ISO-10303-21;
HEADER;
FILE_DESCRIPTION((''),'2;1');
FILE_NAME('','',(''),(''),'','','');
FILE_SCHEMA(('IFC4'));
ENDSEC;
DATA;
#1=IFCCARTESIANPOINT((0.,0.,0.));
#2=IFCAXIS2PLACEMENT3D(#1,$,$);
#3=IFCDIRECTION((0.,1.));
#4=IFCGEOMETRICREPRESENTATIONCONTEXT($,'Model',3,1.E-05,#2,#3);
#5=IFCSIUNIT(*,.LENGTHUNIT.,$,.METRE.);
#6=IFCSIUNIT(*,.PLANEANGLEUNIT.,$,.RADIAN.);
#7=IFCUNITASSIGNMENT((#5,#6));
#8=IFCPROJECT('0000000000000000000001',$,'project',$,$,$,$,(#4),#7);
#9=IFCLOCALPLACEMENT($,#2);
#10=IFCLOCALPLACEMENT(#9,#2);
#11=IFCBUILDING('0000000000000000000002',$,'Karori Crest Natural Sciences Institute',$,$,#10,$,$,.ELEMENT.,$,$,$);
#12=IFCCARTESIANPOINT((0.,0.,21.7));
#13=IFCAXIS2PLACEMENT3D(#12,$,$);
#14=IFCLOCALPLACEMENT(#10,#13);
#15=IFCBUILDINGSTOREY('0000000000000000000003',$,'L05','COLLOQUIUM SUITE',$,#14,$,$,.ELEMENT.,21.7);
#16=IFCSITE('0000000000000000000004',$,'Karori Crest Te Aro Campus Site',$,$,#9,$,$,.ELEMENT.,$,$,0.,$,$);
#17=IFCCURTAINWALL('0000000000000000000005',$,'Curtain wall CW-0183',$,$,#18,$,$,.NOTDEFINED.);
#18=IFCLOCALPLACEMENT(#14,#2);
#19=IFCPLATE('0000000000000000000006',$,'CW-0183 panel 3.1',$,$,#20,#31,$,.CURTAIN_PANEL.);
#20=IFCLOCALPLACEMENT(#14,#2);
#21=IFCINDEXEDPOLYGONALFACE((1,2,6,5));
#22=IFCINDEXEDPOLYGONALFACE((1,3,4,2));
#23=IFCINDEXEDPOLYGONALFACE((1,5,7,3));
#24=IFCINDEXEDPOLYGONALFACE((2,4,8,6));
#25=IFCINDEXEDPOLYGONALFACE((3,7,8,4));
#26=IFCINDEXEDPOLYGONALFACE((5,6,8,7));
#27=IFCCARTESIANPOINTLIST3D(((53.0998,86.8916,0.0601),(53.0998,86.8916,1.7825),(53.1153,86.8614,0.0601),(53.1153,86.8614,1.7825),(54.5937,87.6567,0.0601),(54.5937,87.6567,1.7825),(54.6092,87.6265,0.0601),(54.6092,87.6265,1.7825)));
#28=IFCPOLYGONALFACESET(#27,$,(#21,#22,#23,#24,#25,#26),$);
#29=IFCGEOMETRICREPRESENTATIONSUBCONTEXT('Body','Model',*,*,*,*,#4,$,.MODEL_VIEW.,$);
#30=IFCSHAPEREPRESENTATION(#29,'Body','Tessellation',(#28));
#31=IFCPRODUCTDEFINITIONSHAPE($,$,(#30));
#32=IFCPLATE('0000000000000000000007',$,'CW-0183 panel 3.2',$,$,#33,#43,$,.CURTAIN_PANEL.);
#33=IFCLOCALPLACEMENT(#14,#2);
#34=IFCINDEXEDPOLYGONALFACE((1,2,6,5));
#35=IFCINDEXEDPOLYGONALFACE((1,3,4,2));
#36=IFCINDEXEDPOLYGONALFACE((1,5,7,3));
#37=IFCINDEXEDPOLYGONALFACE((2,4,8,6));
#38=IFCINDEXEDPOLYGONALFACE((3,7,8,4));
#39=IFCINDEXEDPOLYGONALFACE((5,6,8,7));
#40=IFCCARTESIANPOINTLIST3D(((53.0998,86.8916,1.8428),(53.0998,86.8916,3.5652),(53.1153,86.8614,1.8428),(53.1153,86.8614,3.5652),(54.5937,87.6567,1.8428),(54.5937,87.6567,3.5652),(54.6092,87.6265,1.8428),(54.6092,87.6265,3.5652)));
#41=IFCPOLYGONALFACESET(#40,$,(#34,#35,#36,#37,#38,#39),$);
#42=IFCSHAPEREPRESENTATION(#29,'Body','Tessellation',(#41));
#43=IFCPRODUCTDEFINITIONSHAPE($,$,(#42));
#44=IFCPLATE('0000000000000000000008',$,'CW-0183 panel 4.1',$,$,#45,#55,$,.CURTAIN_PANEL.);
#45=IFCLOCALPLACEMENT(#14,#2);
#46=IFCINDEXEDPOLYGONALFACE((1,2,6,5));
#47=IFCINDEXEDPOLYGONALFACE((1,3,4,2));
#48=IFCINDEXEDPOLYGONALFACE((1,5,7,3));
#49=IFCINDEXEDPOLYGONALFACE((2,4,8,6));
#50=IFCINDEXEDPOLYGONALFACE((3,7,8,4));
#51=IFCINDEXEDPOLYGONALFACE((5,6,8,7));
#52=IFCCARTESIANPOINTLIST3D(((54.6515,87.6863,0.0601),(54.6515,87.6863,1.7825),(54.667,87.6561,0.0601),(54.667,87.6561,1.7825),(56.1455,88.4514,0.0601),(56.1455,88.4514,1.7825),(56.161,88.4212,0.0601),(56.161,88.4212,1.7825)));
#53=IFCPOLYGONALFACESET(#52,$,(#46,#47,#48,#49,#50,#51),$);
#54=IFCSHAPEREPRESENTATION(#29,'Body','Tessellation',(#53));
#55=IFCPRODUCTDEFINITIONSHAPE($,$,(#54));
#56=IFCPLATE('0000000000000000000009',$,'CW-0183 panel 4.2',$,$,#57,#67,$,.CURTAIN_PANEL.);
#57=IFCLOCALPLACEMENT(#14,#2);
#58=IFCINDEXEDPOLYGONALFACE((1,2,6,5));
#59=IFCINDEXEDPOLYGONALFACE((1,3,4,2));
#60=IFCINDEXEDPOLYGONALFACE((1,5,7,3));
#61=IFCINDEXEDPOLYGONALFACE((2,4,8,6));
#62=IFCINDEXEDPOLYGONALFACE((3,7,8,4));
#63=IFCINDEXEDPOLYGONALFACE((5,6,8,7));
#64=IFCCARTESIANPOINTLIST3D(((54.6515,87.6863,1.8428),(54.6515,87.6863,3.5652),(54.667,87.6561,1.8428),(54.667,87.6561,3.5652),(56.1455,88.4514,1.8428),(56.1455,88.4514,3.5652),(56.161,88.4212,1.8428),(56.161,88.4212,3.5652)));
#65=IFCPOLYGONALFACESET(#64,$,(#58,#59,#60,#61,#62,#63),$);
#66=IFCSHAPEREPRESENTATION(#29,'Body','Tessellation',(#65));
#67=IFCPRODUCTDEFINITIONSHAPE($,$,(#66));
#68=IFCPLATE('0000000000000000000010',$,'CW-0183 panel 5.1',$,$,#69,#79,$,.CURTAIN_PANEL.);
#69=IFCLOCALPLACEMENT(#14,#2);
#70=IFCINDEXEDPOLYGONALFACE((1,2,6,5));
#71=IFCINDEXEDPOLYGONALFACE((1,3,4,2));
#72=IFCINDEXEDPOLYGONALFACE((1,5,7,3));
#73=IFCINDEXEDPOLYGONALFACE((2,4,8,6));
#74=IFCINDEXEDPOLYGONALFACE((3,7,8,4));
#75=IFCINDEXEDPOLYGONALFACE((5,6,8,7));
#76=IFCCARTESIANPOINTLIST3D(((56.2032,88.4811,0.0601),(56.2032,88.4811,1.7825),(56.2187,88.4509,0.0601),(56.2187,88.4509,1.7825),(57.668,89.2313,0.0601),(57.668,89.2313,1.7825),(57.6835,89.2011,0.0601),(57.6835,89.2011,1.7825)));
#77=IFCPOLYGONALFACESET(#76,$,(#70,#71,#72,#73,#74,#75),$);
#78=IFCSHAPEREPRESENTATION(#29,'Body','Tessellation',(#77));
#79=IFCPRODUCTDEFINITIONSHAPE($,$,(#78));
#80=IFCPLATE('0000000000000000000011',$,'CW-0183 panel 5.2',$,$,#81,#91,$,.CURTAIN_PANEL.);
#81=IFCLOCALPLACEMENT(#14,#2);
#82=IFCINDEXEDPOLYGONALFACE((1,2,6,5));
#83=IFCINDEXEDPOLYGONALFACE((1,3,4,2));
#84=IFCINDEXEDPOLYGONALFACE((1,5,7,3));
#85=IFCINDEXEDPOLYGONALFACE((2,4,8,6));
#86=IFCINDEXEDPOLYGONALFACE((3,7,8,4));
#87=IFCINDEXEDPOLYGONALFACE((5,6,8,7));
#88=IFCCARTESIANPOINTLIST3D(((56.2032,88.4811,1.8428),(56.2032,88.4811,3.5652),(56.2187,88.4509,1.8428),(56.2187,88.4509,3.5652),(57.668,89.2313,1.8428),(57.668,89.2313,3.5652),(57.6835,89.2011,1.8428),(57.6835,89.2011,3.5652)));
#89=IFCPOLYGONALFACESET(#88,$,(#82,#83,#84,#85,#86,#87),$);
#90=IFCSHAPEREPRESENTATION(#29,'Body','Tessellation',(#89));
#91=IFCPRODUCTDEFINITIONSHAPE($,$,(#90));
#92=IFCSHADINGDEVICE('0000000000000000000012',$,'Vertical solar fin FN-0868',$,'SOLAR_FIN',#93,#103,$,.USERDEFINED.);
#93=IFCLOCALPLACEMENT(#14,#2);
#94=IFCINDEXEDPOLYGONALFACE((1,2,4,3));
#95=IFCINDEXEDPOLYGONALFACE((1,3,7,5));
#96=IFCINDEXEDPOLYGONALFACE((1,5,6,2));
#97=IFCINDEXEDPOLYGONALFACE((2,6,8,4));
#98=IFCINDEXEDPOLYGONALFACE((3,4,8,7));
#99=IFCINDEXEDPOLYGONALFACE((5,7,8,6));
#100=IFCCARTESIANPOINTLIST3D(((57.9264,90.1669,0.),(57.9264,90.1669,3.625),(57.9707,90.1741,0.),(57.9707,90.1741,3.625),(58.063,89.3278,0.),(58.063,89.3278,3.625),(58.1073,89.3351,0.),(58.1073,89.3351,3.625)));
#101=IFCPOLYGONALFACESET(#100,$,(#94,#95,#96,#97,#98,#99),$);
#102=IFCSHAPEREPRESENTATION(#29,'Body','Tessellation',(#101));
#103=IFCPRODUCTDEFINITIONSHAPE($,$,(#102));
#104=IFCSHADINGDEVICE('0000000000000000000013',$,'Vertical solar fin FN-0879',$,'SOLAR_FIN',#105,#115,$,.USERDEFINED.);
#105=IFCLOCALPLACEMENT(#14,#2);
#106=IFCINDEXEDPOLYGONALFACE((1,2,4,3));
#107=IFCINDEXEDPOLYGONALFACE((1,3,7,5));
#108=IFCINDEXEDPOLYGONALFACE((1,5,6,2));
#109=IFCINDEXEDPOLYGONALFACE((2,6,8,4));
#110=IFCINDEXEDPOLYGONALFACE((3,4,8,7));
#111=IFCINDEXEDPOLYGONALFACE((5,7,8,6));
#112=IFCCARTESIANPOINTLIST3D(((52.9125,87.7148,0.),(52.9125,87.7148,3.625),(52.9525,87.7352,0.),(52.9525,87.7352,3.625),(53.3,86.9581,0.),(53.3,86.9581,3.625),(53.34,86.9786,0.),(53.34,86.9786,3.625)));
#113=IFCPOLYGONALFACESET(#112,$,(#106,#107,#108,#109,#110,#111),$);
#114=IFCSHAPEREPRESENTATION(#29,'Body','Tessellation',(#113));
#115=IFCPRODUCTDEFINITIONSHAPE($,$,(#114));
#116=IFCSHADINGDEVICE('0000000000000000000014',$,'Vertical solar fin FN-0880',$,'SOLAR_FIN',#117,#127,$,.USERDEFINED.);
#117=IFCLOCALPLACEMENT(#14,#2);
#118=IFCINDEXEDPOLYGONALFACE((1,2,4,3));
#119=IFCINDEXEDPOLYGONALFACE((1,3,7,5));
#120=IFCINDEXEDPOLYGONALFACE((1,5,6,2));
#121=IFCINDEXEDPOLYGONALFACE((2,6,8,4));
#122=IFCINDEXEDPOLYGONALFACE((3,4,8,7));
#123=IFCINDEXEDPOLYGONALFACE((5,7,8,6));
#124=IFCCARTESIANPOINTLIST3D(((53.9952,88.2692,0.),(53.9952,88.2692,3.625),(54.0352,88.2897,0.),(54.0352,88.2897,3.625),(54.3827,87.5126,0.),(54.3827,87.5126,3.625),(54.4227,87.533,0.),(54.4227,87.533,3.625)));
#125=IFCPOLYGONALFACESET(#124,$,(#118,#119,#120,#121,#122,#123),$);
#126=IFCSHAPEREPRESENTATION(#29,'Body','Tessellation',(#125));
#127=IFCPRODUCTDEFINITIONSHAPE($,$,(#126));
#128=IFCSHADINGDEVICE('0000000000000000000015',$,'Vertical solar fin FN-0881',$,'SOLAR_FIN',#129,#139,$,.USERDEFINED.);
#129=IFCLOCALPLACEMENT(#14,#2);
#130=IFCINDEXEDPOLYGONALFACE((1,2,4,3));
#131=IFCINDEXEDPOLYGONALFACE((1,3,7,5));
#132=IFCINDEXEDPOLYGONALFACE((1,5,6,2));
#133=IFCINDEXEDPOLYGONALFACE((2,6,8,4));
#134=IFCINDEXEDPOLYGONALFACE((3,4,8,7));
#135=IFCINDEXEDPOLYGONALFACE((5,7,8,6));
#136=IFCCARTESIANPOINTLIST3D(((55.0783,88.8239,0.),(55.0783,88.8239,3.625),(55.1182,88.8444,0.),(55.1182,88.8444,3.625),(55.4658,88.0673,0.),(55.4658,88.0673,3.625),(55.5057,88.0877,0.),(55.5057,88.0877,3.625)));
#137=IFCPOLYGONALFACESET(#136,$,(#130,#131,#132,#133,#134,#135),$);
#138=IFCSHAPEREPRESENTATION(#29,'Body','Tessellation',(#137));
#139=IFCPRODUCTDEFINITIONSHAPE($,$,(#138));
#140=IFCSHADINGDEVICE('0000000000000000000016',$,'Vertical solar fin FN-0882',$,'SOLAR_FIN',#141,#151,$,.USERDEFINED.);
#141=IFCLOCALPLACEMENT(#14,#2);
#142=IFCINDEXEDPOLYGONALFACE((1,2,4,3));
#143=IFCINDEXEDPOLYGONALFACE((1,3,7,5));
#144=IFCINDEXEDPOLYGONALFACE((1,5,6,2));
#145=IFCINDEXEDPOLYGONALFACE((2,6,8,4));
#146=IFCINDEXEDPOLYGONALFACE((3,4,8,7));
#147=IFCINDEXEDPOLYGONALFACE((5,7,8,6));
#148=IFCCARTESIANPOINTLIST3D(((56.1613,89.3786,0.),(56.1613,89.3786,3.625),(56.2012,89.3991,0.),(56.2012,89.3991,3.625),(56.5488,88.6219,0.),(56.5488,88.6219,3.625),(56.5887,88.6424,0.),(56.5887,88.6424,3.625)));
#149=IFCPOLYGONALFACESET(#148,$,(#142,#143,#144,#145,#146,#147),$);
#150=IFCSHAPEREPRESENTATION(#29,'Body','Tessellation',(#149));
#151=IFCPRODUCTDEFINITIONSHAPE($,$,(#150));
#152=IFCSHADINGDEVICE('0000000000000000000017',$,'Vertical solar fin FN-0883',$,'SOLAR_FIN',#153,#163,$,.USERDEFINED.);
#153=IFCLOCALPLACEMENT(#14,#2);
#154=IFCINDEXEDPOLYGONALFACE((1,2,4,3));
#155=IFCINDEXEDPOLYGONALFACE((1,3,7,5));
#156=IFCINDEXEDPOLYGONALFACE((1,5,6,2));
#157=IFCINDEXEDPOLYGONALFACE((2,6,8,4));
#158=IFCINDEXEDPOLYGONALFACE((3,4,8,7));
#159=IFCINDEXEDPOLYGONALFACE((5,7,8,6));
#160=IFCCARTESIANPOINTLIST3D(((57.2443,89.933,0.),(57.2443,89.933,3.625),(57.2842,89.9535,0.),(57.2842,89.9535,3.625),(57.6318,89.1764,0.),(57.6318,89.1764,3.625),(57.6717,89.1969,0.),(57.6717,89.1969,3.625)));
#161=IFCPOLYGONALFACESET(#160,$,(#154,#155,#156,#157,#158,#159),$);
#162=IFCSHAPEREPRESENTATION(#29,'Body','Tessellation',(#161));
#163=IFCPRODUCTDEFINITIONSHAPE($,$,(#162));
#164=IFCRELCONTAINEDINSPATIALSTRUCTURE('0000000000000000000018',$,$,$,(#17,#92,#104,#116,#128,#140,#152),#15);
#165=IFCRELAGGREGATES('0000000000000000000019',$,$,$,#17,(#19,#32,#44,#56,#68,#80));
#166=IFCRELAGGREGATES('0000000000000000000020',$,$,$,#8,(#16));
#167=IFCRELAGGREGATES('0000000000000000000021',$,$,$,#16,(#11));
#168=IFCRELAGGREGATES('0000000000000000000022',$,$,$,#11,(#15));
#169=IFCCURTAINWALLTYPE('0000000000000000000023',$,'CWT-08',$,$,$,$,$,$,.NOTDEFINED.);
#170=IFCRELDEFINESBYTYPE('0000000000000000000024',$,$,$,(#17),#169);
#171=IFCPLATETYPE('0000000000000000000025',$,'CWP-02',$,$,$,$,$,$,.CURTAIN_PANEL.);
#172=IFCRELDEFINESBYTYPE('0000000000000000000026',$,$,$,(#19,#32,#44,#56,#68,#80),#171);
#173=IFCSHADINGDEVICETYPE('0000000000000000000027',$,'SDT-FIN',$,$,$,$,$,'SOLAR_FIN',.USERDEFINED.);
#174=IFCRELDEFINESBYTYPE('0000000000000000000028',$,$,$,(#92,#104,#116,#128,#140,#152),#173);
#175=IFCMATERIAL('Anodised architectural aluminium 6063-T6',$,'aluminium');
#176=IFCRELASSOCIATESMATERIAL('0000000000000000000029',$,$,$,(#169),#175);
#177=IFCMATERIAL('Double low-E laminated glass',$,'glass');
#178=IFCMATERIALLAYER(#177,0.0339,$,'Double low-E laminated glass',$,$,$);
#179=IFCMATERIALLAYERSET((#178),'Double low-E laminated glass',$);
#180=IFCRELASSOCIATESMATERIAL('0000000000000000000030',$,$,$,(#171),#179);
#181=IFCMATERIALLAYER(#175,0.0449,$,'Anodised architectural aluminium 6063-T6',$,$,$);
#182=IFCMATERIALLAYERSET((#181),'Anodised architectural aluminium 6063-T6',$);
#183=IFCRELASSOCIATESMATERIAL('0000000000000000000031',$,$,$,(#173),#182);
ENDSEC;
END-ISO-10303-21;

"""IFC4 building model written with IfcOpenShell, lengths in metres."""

from ifc_helpers import new_model, si_unit, direction, frame, origin, origin_2d, place, context, subcontext, project, spatial, rectangle, extrude, material, layer, layer_set, type_object, element, aggregate, save


model = new_model("IFC4")

# Units and contexts
model_context = context("Model", 3, precision=1e-05, world=origin(), true_north=direction((0.0, 1.0)))
body_context = subcontext(model_context, "Body", "Model", "MODEL_VIEW")
ifc_project = project(units=[si_unit("LENGTHUNIT", "METRE"), si_unit("PLANEANGLEUNIT", "RADIAN")], contexts=[model_context])

# Site, building, storey
site_placement = place(None, origin())
site = spatial("IfcSite", under=ifc_project, at=site_placement, Name="Karori Crest Te Aro Campus Site", CompositionType="ELEMENT", RefElevation=0.0)
building_placement = place(site_placement, origin())
building = spatial("IfcBuilding", under=site, at=building_placement, Name="Karori Crest Natural Sciences Institute", CompositionType="ELEMENT")
storey_placement = place(building_placement, frame((0.0, 0.0, 21.7)))
storey = spatial("IfcBuildingStorey", under=building, at=storey_placement, Name="L05", Description="COLLOQUIUM SUITE", CompositionType="ELEMENT", Elevation=21.7)

# Shared definitions
ifc_material_1 = material(Name="Anodised architectural aluminium 6063-T6", Category="aluminium")

# Curtain wall
curtain_wall_type_1 = type_object("IfcCurtainWallType", Name="CWT-08", PredefinedType="NOTDEFINED", material=ifc_material_1)
curtain_wall_1_placement = place(storey_placement, origin())
curtain_wall_1 = element("IfcCurtainWall", 1, at=curtain_wall_1_placement, inside=storey, type_object=curtain_wall_type_1, Name="Curtain wall CW-0183", PredefinedType="NOTDEFINED")

# Plates
ifc_material_2 = material(Name="Double low-E laminated glass", Category="glass")
ifc_layer_1 = layer(ifc_material_2, 0.0339, Name="Double low-E laminated glass")
ifc_layer_set_1 = layer_set([ifc_layer_1], Name="Double low-E laminated glass")
plate_type_1 = type_object("IfcPlateType", Name="CWP-02", PredefinedType="CURTAIN_PANEL", material=ifc_layer_set_1)
plate_1_placement = place(storey_placement, frame((53.8545, 87.259, 0.0601), z_axis=(0.0, 0.0, 1.0), x_axis=(0.890067, 0.455829, 0.0)))
plate_1 = element("IfcPlate", 2, at=plate_1_placement, type_object=plate_type_1, Name="CW-0183 panel 3.1", PredefinedType="CURTAIN_PANEL", context=body_context, shape_type="SweptSolid", body=[
    extrude(rectangle(XDim=1.6785, YDim=0.0339, at=origin_2d()), origin(), (0.0, 0.0, 1.0), 1.7224),
])
plate_2_placement = place(storey_placement, frame((53.8545, 87.259, 1.8428), z_axis=(0.0, 0.0, 1.0), x_axis=(0.890067, 0.455829, 0.0)))
plate_2 = element("IfcPlate", 3, at=plate_2_placement, type_object=plate_type_1, Name="CW-0183 panel 3.2", PredefinedType="CURTAIN_PANEL", context=body_context, shape_type="SweptSolid", body=[
    extrude(rectangle(XDim=1.6785, YDim=0.0339, at=origin_2d()), origin(), (0.0, 0.0, 1.0), 1.7224),
])
plate_3_placement = place(storey_placement, frame((55.4062, 88.0537, 0.0601), z_axis=(0.0, 0.0, 1.0), x_axis=(0.890067, 0.455829, 0.0)))
plate_3 = element("IfcPlate", 4, at=plate_3_placement, type_object=plate_type_1, Name="CW-0183 panel 4.1", PredefinedType="CURTAIN_PANEL", context=body_context, shape_type="SweptSolid", body=[
    extrude(rectangle(XDim=1.6785, YDim=0.0339, at=origin_2d()), origin(), (0.0, 0.0, 1.0), 1.7224),
])
plate_4_placement = place(storey_placement, frame((55.4062, 88.0537, 1.8428), z_axis=(0.0, 0.0, 1.0), x_axis=(0.890067, 0.455829, 0.0)))
plate_4 = element("IfcPlate", 5, at=plate_4_placement, type_object=plate_type_1, Name="CW-0183 panel 4.2", PredefinedType="CURTAIN_PANEL", context=body_context, shape_type="SweptSolid", body=[
    extrude(rectangle(XDim=1.6785, YDim=0.0339, at=origin_2d()), origin(), (0.0, 0.0, 1.0), 1.7224),
])
plate_5_placement = place(storey_placement, frame((56.9434, 88.8411, 0.0601), z_axis=(0.0, 0.0, 1.0), x_axis=(0.890067, 0.455829, 0.0)))
plate_5 = element("IfcPlate", 6, at=plate_5_placement, type_object=plate_type_1, Name="CW-0183 panel 5.1", PredefinedType="CURTAIN_PANEL", context=body_context, shape_type="SweptSolid", body=[
    extrude(rectangle(XDim=1.6458, YDim=0.0339, at=origin_2d()), origin(), (0.0, 0.0, 1.0), 1.7224),
])
plate_6_placement = place(storey_placement, frame((56.9434, 88.8411, 1.8428), z_axis=(0.0, 0.0, 1.0), x_axis=(0.890067, 0.455829, 0.0)))
plate_6 = element("IfcPlate", 7, at=plate_6_placement, type_object=plate_type_1, Name="CW-0183 panel 5.2", PredefinedType="CURTAIN_PANEL", context=body_context, shape_type="SweptSolid", body=[
    extrude(rectangle(XDim=1.6458, YDim=0.0339, at=origin_2d()), origin(), (0.0, 0.0, 1.0), 1.7224),
])
aggregate(curtain_wall_1, [plate_1, plate_2, plate_3, plate_4, plate_5, plate_6])

# Shading devices
ifc_layer_2 = layer(ifc_material_1, 0.0449, Name="Anodised architectural aluminium 6063-T6")
ifc_layer_set_2 = layer_set([ifc_layer_2], Name="Anodised architectural aluminium 6063-T6")
shading_device_type = type_object("IfcShadingDeviceType", Name="SDT-FIN", ElementType="SOLAR_FIN", PredefinedType="USERDEFINED", material=ifc_layer_set_2)
for number, where, z_axis, x_axis, name in (
    (8, (58.0168, 89.751, 0.0), (0.0, 0.0, 1.0), (-0.16065, 0.987012, 0.0), "Vertical solar fin FN-0868"),
    (9, (53.1262, 87.3467, 0.0), (0.0, 0.0, 1.0), (-0.455829, 0.890067, 0.0), "Vertical solar fin FN-0879"),
    (10, (54.209, 87.9011, 0.0), (0.0, 0.0, 1.0), (-0.455829, 0.890067, 0.0), "Vertical solar fin FN-0880"),
    (11, (55.292, 88.4558, 0.0), (0.0, 0.0, 1.0), (-0.455829, 0.890067, 0.0), "Vertical solar fin FN-0881"),
    (12, (56.375, 89.0105, 0.0), (0.0, 0.0, 1.0), (-0.455829, 0.890067, 0.0), "Vertical solar fin FN-0882"),
    (13, (57.458, 89.5649, 0.0), (0.0, 0.0, 1.0), (-0.455829, 0.890067, 0.0), "Vertical solar fin FN-0883"),
):
    element("IfcShadingDevice", number, at=place(storey_placement, frame(where, z_axis=z_axis, x_axis=x_axis)), inside=storey, type_object=shading_device_type, Name=name, ObjectType="SOLAR_FIN", PredefinedType="USERDEFINED", context=body_context, shape_type="SweptSolid", body=[
        extrude(rectangle(XDim=0.8501, YDim=0.0449, at=origin_2d()), origin(), (0.0, 0.0, 1.0), 3.625),
    ])

save(model, "model.ifc")
